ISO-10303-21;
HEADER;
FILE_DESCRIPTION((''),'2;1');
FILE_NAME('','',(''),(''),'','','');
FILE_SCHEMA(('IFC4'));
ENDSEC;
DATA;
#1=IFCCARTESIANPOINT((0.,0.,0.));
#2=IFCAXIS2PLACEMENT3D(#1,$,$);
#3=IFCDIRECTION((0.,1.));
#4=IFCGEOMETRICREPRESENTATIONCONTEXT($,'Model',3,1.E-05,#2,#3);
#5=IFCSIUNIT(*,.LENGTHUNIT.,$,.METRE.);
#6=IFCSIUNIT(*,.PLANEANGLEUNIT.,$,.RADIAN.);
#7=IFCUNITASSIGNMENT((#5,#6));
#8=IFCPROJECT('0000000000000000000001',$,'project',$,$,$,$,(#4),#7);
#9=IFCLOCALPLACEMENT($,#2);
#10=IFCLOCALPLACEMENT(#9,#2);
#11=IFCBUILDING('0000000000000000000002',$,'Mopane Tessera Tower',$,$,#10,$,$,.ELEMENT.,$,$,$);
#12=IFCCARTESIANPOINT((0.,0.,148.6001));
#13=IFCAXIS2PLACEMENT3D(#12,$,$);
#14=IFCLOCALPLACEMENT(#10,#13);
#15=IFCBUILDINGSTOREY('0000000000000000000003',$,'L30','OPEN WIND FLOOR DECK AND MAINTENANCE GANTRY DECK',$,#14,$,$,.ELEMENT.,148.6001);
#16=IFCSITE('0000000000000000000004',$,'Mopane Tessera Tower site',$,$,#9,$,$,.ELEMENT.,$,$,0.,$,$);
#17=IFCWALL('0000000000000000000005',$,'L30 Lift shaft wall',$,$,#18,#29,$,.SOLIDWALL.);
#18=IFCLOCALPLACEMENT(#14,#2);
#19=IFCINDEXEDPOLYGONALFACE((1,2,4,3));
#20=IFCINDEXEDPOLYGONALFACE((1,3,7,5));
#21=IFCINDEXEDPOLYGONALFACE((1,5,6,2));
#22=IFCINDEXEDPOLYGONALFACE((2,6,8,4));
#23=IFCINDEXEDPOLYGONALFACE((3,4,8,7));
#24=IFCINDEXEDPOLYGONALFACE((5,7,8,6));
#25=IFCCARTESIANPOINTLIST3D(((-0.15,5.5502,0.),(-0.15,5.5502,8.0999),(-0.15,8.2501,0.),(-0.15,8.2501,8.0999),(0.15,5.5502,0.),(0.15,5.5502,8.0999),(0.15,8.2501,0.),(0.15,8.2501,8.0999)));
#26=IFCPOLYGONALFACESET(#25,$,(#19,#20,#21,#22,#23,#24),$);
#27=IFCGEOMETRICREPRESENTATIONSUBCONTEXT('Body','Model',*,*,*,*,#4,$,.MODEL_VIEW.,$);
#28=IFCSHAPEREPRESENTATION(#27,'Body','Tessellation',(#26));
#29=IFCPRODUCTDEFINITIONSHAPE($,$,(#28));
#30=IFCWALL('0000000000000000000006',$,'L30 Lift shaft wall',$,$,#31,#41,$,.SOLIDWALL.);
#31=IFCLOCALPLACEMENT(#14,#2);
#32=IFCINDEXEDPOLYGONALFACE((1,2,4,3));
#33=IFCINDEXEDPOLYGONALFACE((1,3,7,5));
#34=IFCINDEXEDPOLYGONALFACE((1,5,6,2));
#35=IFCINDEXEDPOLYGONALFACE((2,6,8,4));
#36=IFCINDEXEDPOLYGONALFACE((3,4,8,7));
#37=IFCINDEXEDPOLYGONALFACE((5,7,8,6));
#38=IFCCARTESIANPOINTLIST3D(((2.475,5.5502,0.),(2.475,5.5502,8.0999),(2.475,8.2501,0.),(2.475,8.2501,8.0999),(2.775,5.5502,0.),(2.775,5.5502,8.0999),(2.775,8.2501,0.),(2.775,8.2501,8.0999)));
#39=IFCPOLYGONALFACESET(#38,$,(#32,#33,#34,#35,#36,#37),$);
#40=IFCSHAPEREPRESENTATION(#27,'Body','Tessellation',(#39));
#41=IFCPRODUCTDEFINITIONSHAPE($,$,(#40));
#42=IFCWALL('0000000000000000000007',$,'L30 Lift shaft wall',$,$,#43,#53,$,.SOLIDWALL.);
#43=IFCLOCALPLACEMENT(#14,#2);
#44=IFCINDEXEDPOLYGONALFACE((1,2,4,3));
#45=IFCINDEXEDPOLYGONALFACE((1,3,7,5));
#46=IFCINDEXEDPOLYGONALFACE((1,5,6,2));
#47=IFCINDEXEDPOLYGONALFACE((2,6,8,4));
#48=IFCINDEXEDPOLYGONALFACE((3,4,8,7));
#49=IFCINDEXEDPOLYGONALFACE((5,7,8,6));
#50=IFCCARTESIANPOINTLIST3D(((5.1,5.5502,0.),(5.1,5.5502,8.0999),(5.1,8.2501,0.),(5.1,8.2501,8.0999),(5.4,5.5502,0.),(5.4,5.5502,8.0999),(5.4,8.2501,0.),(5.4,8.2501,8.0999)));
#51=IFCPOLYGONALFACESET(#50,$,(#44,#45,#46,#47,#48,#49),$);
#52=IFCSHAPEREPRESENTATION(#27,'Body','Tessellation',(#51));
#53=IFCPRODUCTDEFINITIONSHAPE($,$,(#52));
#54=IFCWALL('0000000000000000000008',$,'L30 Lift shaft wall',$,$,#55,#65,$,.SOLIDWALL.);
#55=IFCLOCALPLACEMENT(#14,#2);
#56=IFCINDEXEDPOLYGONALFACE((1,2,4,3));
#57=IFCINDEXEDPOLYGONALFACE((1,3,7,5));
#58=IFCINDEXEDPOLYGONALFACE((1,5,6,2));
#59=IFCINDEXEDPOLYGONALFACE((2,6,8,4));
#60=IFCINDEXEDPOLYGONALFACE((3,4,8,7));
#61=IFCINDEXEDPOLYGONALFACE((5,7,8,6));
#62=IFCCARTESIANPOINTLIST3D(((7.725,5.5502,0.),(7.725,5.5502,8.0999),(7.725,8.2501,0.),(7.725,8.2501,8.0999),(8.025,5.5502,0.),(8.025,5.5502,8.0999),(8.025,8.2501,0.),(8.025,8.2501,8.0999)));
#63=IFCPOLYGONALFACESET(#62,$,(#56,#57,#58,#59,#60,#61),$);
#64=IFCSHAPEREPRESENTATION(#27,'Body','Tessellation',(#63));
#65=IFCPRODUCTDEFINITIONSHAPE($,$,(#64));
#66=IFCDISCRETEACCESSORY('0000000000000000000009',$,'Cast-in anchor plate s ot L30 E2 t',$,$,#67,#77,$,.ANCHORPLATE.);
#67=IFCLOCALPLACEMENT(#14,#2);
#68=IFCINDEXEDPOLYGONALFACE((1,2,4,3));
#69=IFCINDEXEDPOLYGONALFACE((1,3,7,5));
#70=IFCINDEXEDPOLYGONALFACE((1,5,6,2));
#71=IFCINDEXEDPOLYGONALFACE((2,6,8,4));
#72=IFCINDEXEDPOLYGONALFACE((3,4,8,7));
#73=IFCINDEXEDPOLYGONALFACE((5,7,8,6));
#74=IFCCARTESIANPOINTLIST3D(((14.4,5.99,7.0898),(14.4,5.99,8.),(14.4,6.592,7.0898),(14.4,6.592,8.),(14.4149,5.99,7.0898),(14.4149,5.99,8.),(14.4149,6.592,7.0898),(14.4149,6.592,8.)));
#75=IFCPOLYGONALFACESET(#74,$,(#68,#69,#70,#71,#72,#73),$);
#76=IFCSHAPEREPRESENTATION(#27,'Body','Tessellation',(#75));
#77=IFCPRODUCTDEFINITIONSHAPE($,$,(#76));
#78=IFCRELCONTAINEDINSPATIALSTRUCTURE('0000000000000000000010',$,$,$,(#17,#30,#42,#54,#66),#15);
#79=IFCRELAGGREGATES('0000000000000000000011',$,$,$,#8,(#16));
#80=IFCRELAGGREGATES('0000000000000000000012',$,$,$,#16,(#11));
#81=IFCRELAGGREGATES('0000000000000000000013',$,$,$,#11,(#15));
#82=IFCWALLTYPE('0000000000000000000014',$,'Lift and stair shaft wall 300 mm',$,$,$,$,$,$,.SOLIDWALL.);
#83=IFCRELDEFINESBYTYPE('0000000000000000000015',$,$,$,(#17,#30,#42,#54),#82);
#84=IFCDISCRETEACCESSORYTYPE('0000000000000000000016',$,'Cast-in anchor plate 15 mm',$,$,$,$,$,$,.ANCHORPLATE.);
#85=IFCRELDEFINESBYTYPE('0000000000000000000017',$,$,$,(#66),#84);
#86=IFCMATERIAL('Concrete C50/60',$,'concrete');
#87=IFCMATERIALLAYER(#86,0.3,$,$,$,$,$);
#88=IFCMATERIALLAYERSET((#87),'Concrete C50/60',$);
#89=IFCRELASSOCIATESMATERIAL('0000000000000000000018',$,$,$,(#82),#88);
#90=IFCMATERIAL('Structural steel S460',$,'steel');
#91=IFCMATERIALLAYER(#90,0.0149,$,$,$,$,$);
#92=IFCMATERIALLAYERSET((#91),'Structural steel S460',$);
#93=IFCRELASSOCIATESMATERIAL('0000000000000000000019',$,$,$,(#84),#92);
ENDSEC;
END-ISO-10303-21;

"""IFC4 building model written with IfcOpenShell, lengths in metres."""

from ifc_helpers import new_model, si_unit, direction, frame, frame_2d, origin, origin_2d, place, context, subcontext, project, spatial, rectangle, extrude, material, layer, layer_set, type_object, element, save


model = new_model("IFC4")

# Units and contexts
model_context = context("Model", 3, precision=1e-05, world=origin(), true_north=direction((0.0, 1.0)))
body_context = subcontext(model_context, "Body", "Model", "MODEL_VIEW")
ifc_project = project(units=[si_unit("LENGTHUNIT", "METRE"), si_unit("PLANEANGLEUNIT", "RADIAN")], contexts=[model_context])

# Site, building, storey
site_placement = place(None, origin())
site = spatial("IfcSite", under=ifc_project, at=site_placement, Name="Mopane Tessera Tower site", CompositionType="ELEMENT", RefElevation=0.0)
building_placement = place(site_placement, origin())
building = spatial("IfcBuilding", under=site, at=building_placement, Name="Mopane Tessera Tower", CompositionType="ELEMENT")
storey_placement = place(building_placement, frame((0.0, 0.0, 148.6001)))
storey = spatial("IfcBuildingStorey", under=building, at=storey_placement, Name="L30", Description="OPEN WIND FLOOR DECK AND MAINTENANCE GANTRY DECK", CompositionType="ELEMENT", Elevation=148.6001)

# Shared definitions
ifc_material_1 = material(Name="Concrete C50/60", Category="concrete")
ifc_layer_1 = layer(ifc_material_1, 0.3)
ifc_layer_set_1 = layer_set([ifc_layer_1], Name="Concrete C50/60")
wall_type_1 = type_object("IfcWallType", Name="Lift and stair shaft wall 300 mm", PredefinedType="SOLIDWALL", material=ifc_layer_set_1)

# Walls
for number, where, z_axis, x_axis, name in (
    (1, (0.0, 5.55, 0.0), (0.0, 0.0, 1.0), (0.0, 1.0, 0.0), "L30 Lift shaft wall"),
    (2, (2.625, 5.55, 0.0), (0.0, 0.0, 1.0), (0.0, 1.0, 0.0), "L30 Lift shaft wall"),
    (3, (5.25, 5.55, 0.0), (0.0, 0.0, 1.0), (0.0, 1.0, 0.0), "L30 Lift shaft wall"),
    (4, (7.875, 5.55, 0.0), (0.0, 0.0, 1.0), (0.0, 1.0, 0.0), "L30 Lift shaft wall"),
):
    element("IfcWall", number, at=place(storey_placement, frame(where, z_axis=z_axis, x_axis=x_axis)), inside=storey, type_object=wall_type_1, Name=name, PredefinedType="SOLIDWALL", context=body_context, shape_type="SweptSolid", body=[
        extrude(rectangle(XDim=2.7, YDim=0.3, at=frame_2d((1.3501, 0.0))), origin(), (0.0, 0.0, 1.0), 8.0999),
    ])

# Discrete accessory
ifc_material_2 = material(Name="Structural steel S460", Category="steel")
ifc_layer_2 = layer(ifc_material_2, 0.0149)
ifc_layer_set_2 = layer_set([ifc_layer_2], Name="Structural steel S460")
discrete_accessory_type = type_object("IfcDiscreteAccessoryType", Name="Cast-in anchor plate 15 mm", PredefinedType="ANCHORPLATE", material=ifc_layer_set_2)
discrete_accessory_placement = place(storey_placement, frame((14.4075, 6.291, 7.0898), z_axis=(0.0, 0.0, 1.0), x_axis=(1.0, 0.0, 0.0)))
element("IfcDiscreteAccessory", 5, at=discrete_accessory_placement, inside=storey, type_object=discrete_accessory_type, Name="Cast-in anchor plate s ot L30 E2 t", PredefinedType="ANCHORPLATE", context=body_context, shape_type="SweptSolid", body=[
    extrude(rectangle(XDim=0.0149, YDim=0.6021, at=origin_2d()), origin(), (0.0, 0.0, 1.0), 0.9102),
])

save(model, "model.ifc")
